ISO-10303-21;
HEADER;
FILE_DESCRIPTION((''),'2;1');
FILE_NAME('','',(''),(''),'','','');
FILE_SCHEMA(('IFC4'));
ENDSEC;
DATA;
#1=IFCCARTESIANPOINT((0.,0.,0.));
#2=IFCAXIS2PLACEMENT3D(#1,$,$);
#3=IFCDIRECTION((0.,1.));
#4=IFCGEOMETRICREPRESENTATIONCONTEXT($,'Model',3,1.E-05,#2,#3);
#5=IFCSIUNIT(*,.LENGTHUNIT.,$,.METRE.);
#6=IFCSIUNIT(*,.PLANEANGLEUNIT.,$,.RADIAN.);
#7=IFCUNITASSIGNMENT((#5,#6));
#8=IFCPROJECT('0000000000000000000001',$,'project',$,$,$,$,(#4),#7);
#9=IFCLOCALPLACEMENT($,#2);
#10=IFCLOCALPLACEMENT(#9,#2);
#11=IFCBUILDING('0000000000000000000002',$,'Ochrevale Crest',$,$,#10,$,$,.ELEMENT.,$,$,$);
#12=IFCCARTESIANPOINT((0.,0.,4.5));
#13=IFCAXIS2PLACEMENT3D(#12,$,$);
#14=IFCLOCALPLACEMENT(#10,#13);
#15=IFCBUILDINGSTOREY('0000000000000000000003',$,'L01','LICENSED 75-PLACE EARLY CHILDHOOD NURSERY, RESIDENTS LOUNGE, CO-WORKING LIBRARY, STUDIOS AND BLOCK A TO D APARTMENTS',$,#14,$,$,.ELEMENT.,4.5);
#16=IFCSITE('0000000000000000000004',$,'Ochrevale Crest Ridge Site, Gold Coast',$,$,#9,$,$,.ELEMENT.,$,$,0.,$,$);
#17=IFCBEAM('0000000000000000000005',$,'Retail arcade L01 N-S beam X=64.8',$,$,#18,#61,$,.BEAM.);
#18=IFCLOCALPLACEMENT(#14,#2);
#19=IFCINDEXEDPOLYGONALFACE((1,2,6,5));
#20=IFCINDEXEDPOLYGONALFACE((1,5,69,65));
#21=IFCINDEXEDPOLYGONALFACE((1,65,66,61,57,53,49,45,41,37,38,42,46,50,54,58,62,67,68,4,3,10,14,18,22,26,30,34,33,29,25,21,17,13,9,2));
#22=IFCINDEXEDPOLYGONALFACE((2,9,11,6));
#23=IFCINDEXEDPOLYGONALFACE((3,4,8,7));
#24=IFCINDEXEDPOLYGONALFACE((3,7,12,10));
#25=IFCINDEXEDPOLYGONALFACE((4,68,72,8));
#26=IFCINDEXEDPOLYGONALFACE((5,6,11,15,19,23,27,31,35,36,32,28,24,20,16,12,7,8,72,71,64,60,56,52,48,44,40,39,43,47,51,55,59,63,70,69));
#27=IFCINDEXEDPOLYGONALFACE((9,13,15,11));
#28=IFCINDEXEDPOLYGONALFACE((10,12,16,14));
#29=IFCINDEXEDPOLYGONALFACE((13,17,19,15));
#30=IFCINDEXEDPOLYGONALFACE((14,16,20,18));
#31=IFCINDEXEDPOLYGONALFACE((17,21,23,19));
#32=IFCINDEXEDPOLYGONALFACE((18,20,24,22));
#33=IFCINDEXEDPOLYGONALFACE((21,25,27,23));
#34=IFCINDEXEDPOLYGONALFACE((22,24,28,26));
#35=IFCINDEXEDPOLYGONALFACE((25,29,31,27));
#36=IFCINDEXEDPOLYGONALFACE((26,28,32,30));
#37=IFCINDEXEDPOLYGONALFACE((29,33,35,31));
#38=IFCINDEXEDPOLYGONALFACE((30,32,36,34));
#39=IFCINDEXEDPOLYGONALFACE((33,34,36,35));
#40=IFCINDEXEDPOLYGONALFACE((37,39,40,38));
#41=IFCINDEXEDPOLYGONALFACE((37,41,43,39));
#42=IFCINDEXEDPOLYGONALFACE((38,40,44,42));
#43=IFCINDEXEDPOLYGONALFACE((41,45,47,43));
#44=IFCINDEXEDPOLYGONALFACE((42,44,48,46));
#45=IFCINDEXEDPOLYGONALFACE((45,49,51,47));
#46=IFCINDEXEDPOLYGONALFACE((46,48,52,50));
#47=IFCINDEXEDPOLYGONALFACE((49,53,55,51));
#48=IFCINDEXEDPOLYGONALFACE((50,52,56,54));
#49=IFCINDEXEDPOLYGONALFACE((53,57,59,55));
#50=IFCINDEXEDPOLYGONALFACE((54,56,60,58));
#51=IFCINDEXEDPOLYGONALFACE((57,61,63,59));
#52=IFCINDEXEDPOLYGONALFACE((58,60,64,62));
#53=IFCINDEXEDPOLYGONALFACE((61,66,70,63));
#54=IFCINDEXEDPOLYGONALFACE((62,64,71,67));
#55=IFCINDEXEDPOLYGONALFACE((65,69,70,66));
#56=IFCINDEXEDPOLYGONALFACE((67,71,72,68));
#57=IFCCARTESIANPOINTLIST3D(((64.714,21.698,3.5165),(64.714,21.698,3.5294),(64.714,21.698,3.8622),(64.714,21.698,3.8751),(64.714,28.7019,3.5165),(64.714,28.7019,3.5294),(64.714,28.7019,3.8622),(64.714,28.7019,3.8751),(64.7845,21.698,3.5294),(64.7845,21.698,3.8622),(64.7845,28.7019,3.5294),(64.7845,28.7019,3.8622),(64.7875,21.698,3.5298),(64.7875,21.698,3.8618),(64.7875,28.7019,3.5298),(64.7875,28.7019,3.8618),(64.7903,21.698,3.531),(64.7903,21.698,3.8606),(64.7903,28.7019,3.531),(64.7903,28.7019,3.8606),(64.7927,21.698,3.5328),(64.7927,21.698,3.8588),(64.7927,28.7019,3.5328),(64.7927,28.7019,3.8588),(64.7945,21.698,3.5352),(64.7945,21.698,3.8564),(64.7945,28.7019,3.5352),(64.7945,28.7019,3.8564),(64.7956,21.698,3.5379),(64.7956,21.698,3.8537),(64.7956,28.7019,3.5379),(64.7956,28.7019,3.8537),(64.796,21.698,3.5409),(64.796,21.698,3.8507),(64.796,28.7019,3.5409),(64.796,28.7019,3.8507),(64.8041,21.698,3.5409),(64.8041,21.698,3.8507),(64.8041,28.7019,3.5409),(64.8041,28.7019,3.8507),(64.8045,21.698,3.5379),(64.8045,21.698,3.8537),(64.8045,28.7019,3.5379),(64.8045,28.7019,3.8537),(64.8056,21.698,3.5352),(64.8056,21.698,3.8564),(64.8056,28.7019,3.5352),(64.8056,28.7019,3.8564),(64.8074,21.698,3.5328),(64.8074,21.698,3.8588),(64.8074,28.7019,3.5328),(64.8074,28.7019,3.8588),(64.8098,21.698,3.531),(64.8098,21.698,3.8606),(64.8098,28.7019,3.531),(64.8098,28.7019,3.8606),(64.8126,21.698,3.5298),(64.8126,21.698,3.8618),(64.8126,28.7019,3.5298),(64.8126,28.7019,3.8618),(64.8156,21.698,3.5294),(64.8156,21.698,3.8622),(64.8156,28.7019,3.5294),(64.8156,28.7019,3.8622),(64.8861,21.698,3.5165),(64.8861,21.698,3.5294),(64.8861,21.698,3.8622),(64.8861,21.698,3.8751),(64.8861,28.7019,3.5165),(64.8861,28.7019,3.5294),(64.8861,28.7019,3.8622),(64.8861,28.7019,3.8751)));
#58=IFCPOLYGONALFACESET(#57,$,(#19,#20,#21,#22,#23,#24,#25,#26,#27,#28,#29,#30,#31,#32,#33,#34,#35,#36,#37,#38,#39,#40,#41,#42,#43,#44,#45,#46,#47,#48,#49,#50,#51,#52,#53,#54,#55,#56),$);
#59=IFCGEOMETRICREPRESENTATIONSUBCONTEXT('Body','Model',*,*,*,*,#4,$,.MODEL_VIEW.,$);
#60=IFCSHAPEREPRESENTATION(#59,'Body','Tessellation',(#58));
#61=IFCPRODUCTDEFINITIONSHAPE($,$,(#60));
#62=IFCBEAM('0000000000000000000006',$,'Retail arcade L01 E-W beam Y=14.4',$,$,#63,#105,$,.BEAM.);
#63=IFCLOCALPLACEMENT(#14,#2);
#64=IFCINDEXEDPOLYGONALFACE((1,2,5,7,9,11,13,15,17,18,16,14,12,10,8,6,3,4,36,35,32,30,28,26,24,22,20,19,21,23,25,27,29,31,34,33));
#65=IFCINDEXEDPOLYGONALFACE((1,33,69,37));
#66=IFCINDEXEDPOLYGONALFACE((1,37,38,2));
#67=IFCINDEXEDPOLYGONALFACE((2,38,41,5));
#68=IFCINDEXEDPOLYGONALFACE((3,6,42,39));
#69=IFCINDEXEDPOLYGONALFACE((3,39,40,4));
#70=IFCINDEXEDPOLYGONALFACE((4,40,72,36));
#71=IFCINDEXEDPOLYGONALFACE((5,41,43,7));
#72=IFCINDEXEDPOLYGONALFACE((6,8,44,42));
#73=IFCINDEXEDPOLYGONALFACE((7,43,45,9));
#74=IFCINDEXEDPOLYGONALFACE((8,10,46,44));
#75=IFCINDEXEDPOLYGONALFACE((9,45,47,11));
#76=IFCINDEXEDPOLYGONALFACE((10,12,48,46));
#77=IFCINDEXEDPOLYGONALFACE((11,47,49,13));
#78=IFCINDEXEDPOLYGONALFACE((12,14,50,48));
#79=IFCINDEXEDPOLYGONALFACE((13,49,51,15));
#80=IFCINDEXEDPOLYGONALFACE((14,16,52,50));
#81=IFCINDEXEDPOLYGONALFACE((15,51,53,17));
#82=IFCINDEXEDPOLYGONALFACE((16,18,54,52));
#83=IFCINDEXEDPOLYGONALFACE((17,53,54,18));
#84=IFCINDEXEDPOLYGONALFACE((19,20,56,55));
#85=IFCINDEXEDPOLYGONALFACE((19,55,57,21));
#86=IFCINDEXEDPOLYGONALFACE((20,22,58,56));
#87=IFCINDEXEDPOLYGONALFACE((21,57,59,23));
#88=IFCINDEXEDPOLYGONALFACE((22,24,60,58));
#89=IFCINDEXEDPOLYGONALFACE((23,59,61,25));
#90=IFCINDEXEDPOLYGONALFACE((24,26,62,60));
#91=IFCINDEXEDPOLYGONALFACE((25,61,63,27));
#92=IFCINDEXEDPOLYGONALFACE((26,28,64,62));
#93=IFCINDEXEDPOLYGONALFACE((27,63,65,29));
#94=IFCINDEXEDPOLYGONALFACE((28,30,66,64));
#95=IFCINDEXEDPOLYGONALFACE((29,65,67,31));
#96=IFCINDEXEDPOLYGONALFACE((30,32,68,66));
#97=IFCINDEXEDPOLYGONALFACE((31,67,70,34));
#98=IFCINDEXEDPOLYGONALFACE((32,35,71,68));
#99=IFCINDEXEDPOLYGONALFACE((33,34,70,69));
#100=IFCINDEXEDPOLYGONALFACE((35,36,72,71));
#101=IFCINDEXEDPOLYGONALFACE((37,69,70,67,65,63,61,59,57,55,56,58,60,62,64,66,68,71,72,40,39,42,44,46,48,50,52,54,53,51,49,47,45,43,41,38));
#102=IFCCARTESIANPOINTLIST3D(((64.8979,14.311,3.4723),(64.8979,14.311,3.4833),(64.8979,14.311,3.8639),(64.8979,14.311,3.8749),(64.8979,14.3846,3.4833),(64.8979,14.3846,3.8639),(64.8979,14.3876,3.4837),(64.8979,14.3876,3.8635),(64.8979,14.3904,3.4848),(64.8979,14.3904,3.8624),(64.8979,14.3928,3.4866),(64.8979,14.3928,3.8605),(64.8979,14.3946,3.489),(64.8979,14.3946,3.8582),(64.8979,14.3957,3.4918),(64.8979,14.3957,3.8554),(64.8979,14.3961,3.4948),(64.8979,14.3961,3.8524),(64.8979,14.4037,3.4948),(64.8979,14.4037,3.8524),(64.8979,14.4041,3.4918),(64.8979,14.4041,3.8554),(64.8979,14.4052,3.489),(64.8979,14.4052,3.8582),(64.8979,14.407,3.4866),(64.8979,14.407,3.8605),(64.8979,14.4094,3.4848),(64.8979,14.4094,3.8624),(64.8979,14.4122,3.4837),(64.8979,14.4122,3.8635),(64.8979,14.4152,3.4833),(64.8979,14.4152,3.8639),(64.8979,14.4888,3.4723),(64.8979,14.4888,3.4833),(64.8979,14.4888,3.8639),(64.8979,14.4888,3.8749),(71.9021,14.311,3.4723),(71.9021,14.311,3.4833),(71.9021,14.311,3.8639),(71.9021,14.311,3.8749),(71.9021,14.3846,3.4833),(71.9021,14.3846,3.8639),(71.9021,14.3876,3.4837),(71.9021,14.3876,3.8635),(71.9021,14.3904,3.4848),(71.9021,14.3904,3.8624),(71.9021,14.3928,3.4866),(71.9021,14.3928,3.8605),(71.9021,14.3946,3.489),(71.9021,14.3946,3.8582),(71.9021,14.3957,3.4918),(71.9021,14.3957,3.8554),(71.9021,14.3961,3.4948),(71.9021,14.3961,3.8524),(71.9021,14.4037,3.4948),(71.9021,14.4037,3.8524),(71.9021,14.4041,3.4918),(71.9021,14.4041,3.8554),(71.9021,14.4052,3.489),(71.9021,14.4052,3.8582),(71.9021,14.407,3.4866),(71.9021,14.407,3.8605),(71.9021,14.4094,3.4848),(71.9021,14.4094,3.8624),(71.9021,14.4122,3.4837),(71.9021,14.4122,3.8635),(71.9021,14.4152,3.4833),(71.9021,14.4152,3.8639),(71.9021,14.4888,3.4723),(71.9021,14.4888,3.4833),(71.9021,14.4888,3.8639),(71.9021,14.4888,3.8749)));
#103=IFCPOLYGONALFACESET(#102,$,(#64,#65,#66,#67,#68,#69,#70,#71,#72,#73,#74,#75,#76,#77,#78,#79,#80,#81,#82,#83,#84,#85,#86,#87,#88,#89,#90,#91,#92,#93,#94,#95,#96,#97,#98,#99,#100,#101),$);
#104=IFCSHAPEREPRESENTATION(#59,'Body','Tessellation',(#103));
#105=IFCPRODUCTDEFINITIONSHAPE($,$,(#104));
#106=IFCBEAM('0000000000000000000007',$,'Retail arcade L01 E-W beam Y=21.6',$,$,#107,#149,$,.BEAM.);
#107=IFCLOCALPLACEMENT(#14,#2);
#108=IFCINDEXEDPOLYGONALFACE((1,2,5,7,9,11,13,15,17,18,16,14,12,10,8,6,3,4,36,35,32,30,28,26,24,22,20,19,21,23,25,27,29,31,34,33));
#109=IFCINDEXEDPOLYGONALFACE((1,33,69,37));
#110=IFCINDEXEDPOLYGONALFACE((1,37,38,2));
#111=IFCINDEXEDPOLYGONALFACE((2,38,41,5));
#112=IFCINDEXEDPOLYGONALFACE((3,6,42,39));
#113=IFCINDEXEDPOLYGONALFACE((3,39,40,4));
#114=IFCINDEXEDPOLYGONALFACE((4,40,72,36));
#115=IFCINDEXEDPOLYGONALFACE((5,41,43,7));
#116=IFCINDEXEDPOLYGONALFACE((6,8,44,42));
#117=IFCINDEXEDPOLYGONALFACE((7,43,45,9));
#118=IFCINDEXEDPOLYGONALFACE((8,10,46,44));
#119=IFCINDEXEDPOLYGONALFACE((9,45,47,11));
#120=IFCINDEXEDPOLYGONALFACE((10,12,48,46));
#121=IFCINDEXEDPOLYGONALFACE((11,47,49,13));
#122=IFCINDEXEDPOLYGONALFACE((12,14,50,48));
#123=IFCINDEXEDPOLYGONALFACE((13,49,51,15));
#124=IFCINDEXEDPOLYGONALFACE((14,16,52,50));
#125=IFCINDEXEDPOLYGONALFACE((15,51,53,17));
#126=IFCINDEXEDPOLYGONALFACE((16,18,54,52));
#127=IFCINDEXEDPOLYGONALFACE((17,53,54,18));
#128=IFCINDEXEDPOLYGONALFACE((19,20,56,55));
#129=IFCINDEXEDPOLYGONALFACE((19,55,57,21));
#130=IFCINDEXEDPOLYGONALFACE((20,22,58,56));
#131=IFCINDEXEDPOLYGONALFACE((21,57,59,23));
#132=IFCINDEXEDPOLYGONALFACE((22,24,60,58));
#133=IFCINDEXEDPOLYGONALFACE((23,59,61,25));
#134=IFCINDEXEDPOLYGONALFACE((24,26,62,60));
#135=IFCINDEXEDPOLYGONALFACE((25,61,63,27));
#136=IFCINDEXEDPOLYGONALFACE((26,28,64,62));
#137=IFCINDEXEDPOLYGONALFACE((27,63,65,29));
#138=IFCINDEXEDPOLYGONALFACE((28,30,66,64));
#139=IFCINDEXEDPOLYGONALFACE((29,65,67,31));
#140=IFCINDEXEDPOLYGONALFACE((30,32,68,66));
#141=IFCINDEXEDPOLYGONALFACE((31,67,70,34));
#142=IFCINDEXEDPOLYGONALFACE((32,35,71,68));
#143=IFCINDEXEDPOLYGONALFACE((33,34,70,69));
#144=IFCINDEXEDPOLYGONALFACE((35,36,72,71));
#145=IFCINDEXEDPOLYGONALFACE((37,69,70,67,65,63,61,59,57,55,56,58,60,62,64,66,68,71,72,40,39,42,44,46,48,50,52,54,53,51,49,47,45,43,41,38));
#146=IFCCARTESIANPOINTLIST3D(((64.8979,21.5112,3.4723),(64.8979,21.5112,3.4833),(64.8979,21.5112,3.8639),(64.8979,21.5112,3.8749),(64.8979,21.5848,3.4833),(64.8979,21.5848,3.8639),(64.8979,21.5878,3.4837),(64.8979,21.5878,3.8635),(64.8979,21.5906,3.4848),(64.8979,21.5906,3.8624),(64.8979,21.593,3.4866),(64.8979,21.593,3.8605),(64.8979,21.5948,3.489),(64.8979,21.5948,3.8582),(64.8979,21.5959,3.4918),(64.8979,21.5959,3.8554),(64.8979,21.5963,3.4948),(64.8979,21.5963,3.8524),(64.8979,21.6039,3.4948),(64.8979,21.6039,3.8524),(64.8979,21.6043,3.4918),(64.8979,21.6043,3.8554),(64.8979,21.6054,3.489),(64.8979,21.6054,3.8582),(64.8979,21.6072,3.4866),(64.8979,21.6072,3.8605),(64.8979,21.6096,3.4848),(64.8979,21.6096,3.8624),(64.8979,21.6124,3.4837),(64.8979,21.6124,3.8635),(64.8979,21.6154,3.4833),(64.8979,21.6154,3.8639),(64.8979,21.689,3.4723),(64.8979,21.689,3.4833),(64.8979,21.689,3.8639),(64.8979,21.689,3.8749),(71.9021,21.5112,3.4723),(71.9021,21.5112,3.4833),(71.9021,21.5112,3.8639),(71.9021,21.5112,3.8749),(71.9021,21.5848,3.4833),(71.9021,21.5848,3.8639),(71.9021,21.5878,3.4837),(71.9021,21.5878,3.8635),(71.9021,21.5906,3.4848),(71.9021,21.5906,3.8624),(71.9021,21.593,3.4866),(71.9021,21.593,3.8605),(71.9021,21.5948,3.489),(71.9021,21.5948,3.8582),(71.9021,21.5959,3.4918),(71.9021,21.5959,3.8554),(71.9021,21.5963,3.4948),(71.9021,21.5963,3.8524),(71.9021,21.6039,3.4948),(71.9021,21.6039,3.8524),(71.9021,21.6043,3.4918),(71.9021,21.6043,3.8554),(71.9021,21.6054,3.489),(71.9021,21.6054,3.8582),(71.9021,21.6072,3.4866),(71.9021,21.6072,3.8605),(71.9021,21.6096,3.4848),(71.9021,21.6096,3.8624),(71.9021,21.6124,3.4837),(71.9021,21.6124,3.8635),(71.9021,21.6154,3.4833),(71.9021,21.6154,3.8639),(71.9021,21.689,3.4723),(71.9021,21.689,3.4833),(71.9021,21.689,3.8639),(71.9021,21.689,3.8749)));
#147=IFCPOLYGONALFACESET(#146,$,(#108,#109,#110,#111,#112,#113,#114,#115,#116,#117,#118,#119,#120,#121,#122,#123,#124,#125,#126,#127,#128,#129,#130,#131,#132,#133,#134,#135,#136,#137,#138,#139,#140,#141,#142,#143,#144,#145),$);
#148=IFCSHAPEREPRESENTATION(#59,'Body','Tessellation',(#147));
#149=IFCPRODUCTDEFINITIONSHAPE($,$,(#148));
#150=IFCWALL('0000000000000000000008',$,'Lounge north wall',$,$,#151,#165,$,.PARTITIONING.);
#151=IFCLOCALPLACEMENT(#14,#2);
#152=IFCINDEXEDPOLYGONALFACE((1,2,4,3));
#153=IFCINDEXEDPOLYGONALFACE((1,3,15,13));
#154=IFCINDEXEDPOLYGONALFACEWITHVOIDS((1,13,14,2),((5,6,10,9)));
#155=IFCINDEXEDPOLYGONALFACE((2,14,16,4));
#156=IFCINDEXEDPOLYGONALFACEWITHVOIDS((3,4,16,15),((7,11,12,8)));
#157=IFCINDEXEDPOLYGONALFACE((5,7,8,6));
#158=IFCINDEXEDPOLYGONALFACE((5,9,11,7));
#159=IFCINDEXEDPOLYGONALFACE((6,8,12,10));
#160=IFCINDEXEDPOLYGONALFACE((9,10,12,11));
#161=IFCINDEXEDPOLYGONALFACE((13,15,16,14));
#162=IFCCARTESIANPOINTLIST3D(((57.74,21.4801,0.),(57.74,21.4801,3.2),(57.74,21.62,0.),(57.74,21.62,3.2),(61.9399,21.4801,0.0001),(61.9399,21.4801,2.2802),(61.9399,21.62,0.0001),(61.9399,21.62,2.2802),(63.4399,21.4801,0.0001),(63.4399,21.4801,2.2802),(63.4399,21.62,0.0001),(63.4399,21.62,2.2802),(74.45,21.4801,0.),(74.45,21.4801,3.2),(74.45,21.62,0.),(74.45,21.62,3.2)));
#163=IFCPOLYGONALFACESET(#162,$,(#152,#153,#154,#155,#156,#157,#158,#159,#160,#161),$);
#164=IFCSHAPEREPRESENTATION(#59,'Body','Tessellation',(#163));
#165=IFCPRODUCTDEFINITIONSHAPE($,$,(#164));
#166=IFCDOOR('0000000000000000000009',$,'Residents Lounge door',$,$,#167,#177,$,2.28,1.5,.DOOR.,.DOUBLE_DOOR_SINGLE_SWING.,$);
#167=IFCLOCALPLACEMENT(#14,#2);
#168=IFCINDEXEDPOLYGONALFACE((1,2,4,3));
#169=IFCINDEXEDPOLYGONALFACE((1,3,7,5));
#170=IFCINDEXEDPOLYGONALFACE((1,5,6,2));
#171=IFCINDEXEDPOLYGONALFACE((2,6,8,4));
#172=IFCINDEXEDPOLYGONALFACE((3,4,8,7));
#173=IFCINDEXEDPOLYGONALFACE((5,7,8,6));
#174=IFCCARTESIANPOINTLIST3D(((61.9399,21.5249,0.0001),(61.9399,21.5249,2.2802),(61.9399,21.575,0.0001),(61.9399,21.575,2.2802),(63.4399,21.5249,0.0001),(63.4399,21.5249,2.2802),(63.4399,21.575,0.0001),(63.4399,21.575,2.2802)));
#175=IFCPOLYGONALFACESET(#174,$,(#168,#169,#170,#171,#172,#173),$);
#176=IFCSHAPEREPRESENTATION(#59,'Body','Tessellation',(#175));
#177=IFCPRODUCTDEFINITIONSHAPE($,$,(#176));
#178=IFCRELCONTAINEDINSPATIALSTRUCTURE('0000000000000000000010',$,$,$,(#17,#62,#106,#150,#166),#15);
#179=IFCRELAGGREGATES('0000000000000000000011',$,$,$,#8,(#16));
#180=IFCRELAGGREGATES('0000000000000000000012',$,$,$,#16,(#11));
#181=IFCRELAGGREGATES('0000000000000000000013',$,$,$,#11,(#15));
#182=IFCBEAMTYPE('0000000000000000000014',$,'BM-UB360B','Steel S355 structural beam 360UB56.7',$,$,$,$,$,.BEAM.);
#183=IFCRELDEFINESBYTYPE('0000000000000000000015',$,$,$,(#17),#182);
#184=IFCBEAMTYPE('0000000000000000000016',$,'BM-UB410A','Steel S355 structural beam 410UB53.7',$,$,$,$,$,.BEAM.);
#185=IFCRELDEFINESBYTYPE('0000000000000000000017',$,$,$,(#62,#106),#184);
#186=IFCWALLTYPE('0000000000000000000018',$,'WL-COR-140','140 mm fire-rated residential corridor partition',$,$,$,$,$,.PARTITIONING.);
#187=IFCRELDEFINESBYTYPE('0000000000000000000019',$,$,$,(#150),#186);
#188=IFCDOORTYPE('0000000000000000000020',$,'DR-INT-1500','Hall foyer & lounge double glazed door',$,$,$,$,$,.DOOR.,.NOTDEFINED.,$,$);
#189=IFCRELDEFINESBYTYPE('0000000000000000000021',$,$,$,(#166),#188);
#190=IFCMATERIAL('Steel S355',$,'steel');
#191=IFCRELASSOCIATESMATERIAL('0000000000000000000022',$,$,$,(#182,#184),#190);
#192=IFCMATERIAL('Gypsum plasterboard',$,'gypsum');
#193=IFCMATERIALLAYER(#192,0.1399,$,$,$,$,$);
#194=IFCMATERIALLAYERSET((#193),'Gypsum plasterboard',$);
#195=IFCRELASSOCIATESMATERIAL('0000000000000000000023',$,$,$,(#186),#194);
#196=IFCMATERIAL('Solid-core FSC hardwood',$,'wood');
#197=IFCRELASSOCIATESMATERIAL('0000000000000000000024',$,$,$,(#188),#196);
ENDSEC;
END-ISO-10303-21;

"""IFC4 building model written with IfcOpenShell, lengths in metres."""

from ifc_helpers import new_model, si_unit, direction, frame, frame_2d, origin, origin_2d, place, context, subcontext, project, spatial, rectangle, i_section, extrude, material, layer, layer_set, material_profile, profile_set, type_object, element, fill, save


model = new_model("IFC4")

# Units and contexts
model_context = context("Model", 3, precision=1e-05, world=origin(), true_north=direction((0.0, 1.0)))
body_context = subcontext(model_context, "Body", "Model", "MODEL_VIEW")
ifc_project = project(units=[si_unit("LENGTHUNIT", "METRE"), si_unit("PLANEANGLEUNIT", "RADIAN")], contexts=[model_context])

# Site, building, storey
site_placement = place(None, origin())
site = spatial("IfcSite", under=ifc_project, at=site_placement, Name="Ochrevale Crest Ridge Site, Gold Coast", CompositionType="ELEMENT", RefElevation=0.0)
building_placement = place(site_placement, origin())
building = spatial("IfcBuilding", under=site, at=building_placement, Name="Ochrevale Crest", CompositionType="ELEMENT")
storey_placement = place(building_placement, frame((0.0, 0.0, 4.5)))
storey = spatial("IfcBuildingStorey", under=building, at=storey_placement, Name="L01", Description="LICENSED 75-PLACE EARLY CHILDHOOD NURSERY, RESIDENTS LOUNGE, CO-WORKING LIBRARY, STUDIOS AND BLOCK A TO D APARTMENTS", CompositionType="ELEMENT", Elevation=4.5)

# Shared definitions
ifc_material_1 = material(Name="Steel S355", Category="steel")

# Beams
ifc_material_profile_1 = material_profile(ifc_material_1, i_section(OverallWidth=0.1721, OverallDepth=0.3586, WebThickness=0.0081, FlangeThickness=0.0129, FilletRadius=0.0115, at=origin_2d()), Name="360UB56.7")
ifc_profile_set_1 = profile_set([ifc_material_profile_1], Name="Steel S355")
beam_type_1 = type_object("IfcBeamType", Name="BM-UB360B", Description="Steel S355 structural beam 360UB56.7", PredefinedType="BEAM", material=ifc_profile_set_1)
for number, where, z_axis, x_axis, name in (
    (1, (64.8, 21.698, 3.6958), (0.0, 1.0, 0.0), (-1.0, 0.0, 0.0), "Retail arcade L01 N-S beam X=64.8"),
):
    element("IfcBeam", number, at=place(storey_placement, frame(where, z_axis=z_axis, x_axis=x_axis)), inside=storey, type_object=beam_type_1, Name=name, PredefinedType="BEAM", context=body_context, shape_type="SweptSolid", body=[
        extrude(i_section(OverallWidth=0.1721, OverallDepth=0.3586, WebThickness=0.0081, FlangeThickness=0.0129, FilletRadius=0.0115, at=origin_2d()), origin(), (0.0, 0.0, 1.0), 7.0039),
    ])
ifc_material_profile_2 = material_profile(ifc_material_1, i_section(OverallWidth=0.1777, OverallDepth=0.4026, WebThickness=0.0076, FlangeThickness=0.011, FilletRadius=0.0115, at=origin_2d()), Name="410UB53.7")
ifc_profile_set_2 = profile_set([ifc_material_profile_2], Name="Steel S355")
beam_type_2 = type_object("IfcBeamType", Name="BM-UB410A", Description="Steel S355 structural beam 410UB53.7", PredefinedType="BEAM", material=ifc_profile_set_2)
for number, where, z_axis, x_axis, name in (
    (2, (64.8979, 14.3999, 3.6736), (1.0, 0.0, 0.0), (0.0, 1.0, 0.0), "Retail arcade L01 E-W beam Y=14.4"),
    (3, (64.8979, 21.6001, 3.6736), (1.0, 0.0, 0.0), (0.0, 1.0, 0.0), "Retail arcade L01 E-W beam Y=21.6"),
):
    element("IfcBeam", number, at=place(storey_placement, frame(where, z_axis=z_axis, x_axis=x_axis)), inside=storey, type_object=beam_type_2, Name=name, PredefinedType="BEAM", context=body_context, shape_type="SweptSolid", body=[
        extrude(i_section(OverallWidth=0.1777, OverallDepth=0.4026, WebThickness=0.0076, FlangeThickness=0.011, FilletRadius=0.0115, at=origin_2d()), origin(), (0.0, 0.0, 1.0), 7.0042),
    ])

# Wall, opening, door
ifc_material_2 = material(Name="Gypsum plasterboard", Category="gypsum")
ifc_layer_1 = layer(ifc_material_2, 0.1399)
ifc_layer_set_1 = layer_set([ifc_layer_1], Name="Gypsum plasterboard")
wall_type_1 = type_object("IfcWallType", Name="WL-COR-140", Description="140 mm fire-rated residential corridor partition", PredefinedType="PARTITIONING", material=ifc_layer_set_1)
wall_1_placement = place(storey_placement, frame((57.74, 21.55, 0.0), z_axis=(0.0, 0.0, 1.0), x_axis=(1.0, 0.0, 0.0)))
wall_1 = element("IfcWall", 4, at=wall_1_placement, inside=storey, type_object=wall_type_1, Name="Lounge north wall", PredefinedType="PARTITIONING", context=body_context, shape_type="SweptSolid", body=[
    extrude(rectangle(XDim=16.71, YDim=0.1399, at=frame_2d((8.355, 0.0))), origin(), (0.0, 0.0, 1.0), 3.2),
])
opening_1_placement = place(wall_1_placement, frame((4.2, 0.0, 0.0)))
opening_1 = element("IfcOpeningElement", 5, at=opening_1_placement, cuts=wall_1, PredefinedType="OPENING", context=body_context, shape_type="SweptSolid", body=[
    extrude(rectangle(XDim=1.5, YDim=2.28, at=frame_2d((0.75, 1.1401))), frame((0.0, 0.0801, 0.0), z_axis=(0.0, -1.0, 0.0), x_axis=(1.0, 0.0, 0.0)), (0.0, 0.0, 1.0), 0.1599),
])
ifc_material_3 = material(Name="Solid-core FSC hardwood", Category="wood")
door_type_1 = type_object("IfcDoorType", Name="DR-INT-1500", Description="Hall foyer & lounge double glazed door", OperationType="NOTDEFINED", PredefinedType="DOOR", material=ifc_material_3)
door_1_placement = place(opening_1_placement, origin())
door_1 = element("IfcDoor", 6, at=door_1_placement, inside=storey, type_object=door_type_1, Name="Residents Lounge door", OperationType="DOUBLE_DOOR_SINGLE_SWING", OverallHeight=2.28, OverallWidth=1.5, PredefinedType="DOOR", context=body_context, shape_type="SweptSolid", body=[
    extrude(rectangle(XDim=1.5, YDim=2.28, at=frame_2d((0.75, 1.1401))), frame((0.0, 0.0249, 0.0), z_axis=(0.0, -1.0, 0.0), x_axis=(1.0, 0.0, 0.0)), (0.0, 0.0, 1.0), 0.05),
])
fill(opening_1, door_1)

save(model, "model.ifc")
